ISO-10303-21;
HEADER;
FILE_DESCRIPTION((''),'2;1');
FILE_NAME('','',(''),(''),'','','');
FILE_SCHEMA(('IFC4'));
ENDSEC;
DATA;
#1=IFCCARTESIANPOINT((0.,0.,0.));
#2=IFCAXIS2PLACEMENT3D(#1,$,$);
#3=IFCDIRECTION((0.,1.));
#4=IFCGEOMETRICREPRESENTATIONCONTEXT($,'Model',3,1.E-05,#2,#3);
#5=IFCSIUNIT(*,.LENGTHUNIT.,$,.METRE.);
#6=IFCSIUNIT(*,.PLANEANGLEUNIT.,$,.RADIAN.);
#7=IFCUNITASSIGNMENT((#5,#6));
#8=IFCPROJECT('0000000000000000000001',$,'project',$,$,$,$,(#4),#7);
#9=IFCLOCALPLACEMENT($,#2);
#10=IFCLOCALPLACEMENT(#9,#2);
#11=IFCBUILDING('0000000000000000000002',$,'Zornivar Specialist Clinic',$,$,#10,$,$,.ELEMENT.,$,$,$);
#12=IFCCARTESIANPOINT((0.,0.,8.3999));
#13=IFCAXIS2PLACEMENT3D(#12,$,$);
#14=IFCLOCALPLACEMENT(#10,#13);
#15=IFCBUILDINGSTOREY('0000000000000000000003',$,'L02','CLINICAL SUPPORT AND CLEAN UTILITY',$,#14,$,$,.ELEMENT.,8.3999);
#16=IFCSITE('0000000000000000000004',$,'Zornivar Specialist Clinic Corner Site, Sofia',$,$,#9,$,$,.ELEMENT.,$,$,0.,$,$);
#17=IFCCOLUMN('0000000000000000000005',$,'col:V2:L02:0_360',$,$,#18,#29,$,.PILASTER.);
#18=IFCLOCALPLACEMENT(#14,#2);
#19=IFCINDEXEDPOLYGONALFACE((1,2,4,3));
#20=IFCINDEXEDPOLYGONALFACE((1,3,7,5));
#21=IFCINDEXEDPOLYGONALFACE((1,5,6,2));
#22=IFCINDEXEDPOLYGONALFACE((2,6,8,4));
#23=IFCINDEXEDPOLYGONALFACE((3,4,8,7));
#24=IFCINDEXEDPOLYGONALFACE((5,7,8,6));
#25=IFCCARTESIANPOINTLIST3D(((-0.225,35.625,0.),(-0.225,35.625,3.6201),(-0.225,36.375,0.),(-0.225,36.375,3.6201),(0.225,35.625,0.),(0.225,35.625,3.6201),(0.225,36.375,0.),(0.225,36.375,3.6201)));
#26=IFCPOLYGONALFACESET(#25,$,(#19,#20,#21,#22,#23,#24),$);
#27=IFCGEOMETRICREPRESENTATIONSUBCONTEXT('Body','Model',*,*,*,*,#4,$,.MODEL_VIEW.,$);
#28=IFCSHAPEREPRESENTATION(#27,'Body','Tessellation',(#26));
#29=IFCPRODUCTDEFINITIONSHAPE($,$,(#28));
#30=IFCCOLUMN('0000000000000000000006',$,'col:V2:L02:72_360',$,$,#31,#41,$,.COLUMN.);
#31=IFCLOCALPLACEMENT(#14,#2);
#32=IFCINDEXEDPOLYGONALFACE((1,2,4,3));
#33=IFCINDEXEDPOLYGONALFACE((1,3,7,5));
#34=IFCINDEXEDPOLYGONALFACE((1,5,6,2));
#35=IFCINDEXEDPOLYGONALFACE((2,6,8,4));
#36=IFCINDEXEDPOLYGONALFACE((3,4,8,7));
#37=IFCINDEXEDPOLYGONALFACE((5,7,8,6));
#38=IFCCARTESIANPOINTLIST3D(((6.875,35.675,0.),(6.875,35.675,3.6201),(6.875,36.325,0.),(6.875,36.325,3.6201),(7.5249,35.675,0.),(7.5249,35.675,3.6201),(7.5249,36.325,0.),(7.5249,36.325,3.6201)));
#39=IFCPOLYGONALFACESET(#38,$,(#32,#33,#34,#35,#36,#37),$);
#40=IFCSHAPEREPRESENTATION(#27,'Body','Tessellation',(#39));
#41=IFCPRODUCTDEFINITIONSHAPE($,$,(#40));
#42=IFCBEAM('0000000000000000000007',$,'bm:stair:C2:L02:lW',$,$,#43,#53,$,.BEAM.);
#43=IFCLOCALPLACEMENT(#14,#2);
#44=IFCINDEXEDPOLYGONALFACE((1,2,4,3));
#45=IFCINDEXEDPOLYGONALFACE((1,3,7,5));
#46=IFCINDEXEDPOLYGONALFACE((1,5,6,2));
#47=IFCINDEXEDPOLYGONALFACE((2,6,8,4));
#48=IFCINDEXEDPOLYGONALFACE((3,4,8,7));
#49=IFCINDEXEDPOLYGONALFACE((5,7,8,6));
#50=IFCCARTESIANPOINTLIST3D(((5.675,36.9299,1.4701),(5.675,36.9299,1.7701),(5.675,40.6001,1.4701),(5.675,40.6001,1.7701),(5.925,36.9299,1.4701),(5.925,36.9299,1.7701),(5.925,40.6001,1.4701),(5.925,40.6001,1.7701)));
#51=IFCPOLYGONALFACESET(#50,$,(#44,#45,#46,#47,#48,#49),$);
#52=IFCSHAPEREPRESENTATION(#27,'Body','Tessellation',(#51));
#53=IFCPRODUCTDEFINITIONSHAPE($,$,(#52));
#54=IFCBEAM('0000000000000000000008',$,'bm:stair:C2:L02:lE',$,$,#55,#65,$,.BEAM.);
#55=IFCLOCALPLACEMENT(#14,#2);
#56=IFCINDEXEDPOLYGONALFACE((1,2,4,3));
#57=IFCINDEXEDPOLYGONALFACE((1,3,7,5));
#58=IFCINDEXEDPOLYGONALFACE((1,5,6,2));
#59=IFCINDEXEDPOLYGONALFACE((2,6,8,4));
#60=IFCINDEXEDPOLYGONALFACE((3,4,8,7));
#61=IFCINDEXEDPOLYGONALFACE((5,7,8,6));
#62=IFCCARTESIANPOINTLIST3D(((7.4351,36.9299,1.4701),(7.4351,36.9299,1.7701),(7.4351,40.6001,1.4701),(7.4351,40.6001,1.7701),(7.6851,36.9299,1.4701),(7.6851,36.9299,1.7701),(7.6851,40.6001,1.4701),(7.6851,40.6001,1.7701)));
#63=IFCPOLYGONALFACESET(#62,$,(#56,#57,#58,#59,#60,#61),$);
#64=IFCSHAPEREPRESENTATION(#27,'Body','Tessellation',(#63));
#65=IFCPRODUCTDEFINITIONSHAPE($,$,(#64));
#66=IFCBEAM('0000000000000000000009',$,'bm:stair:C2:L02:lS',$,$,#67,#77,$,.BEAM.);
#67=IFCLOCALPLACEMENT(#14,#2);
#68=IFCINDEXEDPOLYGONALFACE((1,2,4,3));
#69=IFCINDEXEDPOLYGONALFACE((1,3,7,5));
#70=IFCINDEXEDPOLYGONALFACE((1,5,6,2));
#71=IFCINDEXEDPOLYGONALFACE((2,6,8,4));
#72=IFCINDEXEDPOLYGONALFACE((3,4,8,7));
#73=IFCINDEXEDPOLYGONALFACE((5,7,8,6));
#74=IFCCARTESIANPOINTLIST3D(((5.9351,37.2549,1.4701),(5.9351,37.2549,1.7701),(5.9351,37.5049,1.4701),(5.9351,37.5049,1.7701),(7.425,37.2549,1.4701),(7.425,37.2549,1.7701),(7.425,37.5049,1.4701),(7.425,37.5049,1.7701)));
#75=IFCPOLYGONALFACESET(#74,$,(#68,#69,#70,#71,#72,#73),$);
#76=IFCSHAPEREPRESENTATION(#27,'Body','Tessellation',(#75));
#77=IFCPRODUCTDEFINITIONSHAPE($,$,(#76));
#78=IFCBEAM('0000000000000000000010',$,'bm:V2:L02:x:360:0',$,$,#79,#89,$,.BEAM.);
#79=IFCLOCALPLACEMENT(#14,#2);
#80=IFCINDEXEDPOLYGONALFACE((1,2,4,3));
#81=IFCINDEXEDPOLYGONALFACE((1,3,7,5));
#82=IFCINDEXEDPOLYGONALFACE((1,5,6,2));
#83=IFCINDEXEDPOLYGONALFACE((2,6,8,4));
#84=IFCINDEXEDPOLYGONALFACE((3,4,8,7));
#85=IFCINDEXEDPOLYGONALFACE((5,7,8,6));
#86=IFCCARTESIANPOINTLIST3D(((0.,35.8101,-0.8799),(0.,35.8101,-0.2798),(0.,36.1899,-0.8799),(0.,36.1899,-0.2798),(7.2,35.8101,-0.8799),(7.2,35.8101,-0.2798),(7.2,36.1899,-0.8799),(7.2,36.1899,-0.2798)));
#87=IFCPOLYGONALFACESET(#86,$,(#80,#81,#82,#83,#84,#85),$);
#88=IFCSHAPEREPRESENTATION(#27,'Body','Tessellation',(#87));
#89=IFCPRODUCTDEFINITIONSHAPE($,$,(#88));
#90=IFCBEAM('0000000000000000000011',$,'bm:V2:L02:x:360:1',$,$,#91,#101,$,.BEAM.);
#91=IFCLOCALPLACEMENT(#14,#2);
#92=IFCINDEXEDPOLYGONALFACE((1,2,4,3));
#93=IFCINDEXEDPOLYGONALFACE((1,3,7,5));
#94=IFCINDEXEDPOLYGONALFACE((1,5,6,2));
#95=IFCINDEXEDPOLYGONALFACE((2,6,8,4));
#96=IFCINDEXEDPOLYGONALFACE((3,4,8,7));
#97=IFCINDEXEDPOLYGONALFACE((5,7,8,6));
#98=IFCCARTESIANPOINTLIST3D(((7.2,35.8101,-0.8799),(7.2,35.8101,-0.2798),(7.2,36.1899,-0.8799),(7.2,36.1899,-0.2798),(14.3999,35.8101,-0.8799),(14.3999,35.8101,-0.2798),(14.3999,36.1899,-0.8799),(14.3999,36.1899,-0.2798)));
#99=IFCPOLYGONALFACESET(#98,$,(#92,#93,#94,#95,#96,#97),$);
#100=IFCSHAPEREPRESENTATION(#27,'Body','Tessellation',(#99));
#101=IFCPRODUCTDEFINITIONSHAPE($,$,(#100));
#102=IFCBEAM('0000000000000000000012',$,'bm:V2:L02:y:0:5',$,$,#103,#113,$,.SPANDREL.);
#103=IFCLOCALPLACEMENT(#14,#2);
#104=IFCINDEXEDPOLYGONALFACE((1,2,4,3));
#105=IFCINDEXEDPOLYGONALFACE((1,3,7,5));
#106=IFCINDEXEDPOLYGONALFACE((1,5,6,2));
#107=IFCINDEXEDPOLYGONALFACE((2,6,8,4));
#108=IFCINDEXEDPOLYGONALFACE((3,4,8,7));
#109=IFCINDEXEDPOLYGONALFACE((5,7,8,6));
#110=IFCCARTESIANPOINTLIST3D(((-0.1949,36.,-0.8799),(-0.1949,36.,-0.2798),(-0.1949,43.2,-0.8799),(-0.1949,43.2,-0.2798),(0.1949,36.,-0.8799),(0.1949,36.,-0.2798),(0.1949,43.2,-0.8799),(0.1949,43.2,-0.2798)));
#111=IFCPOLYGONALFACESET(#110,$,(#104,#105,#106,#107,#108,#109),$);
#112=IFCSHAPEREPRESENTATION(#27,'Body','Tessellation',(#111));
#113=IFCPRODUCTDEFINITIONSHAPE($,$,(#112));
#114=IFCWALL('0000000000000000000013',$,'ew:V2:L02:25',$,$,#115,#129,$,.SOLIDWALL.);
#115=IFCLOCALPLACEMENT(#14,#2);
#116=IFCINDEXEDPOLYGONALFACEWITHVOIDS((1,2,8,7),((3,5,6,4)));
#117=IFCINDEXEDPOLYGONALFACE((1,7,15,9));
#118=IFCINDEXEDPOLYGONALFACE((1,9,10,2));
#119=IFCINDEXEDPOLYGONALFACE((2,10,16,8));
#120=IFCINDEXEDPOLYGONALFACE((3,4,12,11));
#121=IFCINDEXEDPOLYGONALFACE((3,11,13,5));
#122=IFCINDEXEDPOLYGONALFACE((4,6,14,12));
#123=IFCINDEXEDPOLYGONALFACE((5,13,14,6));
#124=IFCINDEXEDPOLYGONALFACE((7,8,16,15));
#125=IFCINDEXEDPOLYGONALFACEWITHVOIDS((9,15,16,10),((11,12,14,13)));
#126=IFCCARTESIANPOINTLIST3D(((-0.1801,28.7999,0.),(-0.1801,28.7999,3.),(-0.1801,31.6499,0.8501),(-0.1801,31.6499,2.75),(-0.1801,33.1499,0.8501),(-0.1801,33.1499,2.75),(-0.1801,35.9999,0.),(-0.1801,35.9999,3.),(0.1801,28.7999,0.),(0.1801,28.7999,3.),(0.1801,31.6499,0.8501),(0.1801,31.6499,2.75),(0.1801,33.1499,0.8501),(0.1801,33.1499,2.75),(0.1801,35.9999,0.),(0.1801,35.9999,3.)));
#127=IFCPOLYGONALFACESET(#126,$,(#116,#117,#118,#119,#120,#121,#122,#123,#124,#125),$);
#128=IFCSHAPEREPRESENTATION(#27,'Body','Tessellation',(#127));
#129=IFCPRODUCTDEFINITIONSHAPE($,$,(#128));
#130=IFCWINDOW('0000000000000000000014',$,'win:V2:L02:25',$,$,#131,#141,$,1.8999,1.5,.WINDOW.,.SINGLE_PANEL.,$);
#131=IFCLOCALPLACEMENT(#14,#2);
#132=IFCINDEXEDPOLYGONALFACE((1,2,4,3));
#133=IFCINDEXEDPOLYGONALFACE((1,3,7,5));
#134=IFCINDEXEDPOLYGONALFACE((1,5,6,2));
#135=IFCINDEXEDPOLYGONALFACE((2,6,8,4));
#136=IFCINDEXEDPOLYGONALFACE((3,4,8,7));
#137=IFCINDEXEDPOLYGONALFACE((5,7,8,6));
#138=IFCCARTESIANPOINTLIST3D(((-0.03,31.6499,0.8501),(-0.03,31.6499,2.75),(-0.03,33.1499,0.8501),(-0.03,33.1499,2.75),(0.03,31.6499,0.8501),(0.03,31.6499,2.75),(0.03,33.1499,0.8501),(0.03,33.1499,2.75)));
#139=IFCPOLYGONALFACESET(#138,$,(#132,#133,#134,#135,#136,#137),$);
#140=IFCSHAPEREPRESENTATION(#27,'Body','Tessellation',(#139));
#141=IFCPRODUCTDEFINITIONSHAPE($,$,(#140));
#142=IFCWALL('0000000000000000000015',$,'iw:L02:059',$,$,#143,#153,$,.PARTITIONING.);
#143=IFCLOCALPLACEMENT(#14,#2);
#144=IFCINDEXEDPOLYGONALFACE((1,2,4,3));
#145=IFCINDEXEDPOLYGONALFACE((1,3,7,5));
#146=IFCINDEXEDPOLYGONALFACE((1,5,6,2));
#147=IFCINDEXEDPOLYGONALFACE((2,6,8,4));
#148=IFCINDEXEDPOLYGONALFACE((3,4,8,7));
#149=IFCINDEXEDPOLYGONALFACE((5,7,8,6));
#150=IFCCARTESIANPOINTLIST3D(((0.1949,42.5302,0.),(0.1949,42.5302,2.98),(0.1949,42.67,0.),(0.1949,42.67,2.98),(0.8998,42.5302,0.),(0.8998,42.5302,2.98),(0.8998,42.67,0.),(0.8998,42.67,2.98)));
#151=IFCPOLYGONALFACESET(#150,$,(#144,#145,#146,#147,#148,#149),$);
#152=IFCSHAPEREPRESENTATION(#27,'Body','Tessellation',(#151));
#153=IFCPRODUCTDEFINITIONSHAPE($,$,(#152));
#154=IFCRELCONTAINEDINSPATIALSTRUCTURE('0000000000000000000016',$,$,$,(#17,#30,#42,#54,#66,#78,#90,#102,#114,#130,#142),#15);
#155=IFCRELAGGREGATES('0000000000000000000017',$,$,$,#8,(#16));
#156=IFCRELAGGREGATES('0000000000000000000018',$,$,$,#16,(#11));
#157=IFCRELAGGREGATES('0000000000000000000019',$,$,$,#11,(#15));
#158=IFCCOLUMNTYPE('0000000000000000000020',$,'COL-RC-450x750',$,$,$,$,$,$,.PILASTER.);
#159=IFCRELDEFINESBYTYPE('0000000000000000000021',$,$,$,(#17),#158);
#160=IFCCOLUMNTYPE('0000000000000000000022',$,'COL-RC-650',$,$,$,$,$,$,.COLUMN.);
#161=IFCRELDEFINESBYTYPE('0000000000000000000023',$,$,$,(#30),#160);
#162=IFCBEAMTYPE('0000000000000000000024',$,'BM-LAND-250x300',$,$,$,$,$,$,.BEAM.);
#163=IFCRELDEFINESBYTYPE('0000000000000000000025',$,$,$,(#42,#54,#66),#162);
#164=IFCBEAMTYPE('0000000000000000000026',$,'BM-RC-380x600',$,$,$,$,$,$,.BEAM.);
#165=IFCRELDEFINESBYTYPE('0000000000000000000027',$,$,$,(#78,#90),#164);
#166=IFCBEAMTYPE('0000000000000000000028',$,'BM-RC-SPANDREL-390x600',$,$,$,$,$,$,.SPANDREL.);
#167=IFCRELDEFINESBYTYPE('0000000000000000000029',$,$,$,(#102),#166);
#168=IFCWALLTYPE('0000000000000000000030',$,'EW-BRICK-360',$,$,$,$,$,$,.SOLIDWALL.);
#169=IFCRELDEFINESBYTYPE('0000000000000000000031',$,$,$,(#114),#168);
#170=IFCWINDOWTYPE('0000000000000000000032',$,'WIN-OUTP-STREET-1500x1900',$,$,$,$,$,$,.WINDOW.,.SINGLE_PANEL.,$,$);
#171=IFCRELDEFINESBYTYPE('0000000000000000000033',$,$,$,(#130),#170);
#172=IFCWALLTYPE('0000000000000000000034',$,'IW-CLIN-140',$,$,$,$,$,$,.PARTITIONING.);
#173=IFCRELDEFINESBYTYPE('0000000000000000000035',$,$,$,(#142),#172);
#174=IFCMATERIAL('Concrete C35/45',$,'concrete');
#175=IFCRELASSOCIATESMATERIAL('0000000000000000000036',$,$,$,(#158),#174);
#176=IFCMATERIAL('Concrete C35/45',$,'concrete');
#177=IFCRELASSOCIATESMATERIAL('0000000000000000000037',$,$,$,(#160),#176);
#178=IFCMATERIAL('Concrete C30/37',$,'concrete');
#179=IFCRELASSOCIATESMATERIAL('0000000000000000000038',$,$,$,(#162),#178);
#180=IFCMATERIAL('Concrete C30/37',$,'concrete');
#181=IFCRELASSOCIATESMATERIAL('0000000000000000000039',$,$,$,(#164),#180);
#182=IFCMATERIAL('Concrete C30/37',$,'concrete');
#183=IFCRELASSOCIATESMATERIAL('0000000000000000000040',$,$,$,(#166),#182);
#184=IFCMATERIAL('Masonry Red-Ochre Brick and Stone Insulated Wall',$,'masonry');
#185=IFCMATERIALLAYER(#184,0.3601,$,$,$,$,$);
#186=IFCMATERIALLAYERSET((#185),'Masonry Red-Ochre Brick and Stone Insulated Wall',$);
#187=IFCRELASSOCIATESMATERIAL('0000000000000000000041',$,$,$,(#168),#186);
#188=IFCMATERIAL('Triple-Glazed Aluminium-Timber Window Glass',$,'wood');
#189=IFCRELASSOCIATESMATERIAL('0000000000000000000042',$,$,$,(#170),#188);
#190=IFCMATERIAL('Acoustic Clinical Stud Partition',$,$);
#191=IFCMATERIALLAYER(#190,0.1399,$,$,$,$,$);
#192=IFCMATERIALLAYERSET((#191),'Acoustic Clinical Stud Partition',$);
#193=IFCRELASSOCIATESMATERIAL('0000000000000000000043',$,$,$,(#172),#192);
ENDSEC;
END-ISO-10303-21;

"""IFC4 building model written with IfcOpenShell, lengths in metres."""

from ifc_helpers import new_model, si_unit, direction, frame, frame_2d, origin, origin_2d, place, context, subcontext, project, spatial, rectangle, extrude, material, layer, layer_set, material_profile, profile_set, type_object, element, fill, save


model = new_model("IFC4")

# Units and contexts
model_context = context("Model", 3, precision=1e-05, world=origin(), true_north=direction((0.0, 1.0)))
body_context = subcontext(model_context, "Body", "Model", "MODEL_VIEW")
ifc_project = project(units=[si_unit("LENGTHUNIT", "METRE"), si_unit("PLANEANGLEUNIT", "RADIAN")], contexts=[model_context])

# Site, building, storey
site_placement = place(None, origin())
site = spatial("IfcSite", under=ifc_project, at=site_placement, Name="Zornivar Specialist Clinic Corner Site, Sofia", CompositionType="ELEMENT", RefElevation=0.0)
building_placement = place(site_placement, origin())
building = spatial("IfcBuilding", under=site, at=building_placement, Name="Zornivar Specialist Clinic", CompositionType="ELEMENT")
storey_placement = place(building_placement, frame((0.0, 0.0, 8.3999)))
storey = spatial("IfcBuildingStorey", under=building, at=storey_placement, Name="L02", Description="CLINICAL SUPPORT AND CLEAN UTILITY", CompositionType="ELEMENT", Elevation=8.3999)

# Columns
ifc_material_1 = material(Name="Concrete C35/45", Category="concrete")
ifc_material_profile_1 = material_profile(ifc_material_1, rectangle(XDim=0.45, YDim=0.75, at=origin_2d()), Name="RC 450x750")
ifc_profile_set_1 = profile_set([ifc_material_profile_1], Name="Concrete C35/45")
column_type_1 = type_object("IfcColumnType", Name="COL-RC-450x750", PredefinedType="PILASTER", material=ifc_profile_set_1)
column_1_placement = place(storey_placement, frame((0.0, 36.0, 0.0), z_axis=(0.0, 0.0, 1.0), x_axis=(1.0, 0.0, 0.0)))
element("IfcColumn", 1, at=column_1_placement, inside=storey, type_object=column_type_1, Name="col:V2:L02:0_360", PredefinedType="PILASTER", context=body_context, shape_type="SweptSolid", body=[
    extrude(rectangle(XDim=0.45, YDim=0.75, at=origin_2d()), origin(), (0.0, 0.0, 1.0), 3.6201),
])
ifc_material_2 = material(Name="Concrete C35/45", Category="concrete")
ifc_material_profile_2 = material_profile(ifc_material_2, rectangle(XDim=0.6499, YDim=0.6499, at=origin_2d()), Name="RC 650x650")
ifc_profile_set_2 = profile_set([ifc_material_profile_2], Name="Concrete C35/45")
column_type_2 = type_object("IfcColumnType", Name="COL-RC-650", PredefinedType="COLUMN", material=ifc_profile_set_2)
column_2_placement = place(storey_placement, frame((7.2, 36.0, 0.0), z_axis=(0.0, 0.0, 1.0), x_axis=(1.0, 0.0, 0.0)))
element("IfcColumn", 2, at=column_2_placement, inside=storey, type_object=column_type_2, Name="col:V2:L02:72_360", PredefinedType="COLUMN", context=body_context, shape_type="SweptSolid", body=[
    extrude(rectangle(XDim=0.6499, YDim=0.6499, at=origin_2d()), origin(), (0.0, 0.0, 1.0), 3.6201),
])

# Beams
ifc_material_3 = material(Name="Concrete C30/37", Category="concrete")
ifc_material_profile_3 = material_profile(ifc_material_3, rectangle(XDim=0.25, YDim=0.3, at=origin_2d()), Name="RC 250x300")
ifc_profile_set_3 = profile_set([ifc_material_profile_3], Name="Concrete C30/37")
beam_type_1 = type_object("IfcBeamType", Name="BM-LAND-250x300", PredefinedType="BEAM", material=ifc_profile_set_3)
for number, where, z_axis, x_axis, name in (
    (3, (5.8, 36.9299, 1.6201), (0.0, 1.0, 0.0), (-1.0, 0.0, 0.0), "bm:stair:C2:L02:lW"),
    (4, (7.5601, 36.9299, 1.6201), (0.0, 1.0, 0.0), (-1.0, 0.0, 0.0), "bm:stair:C2:L02:lE"),
):
    element("IfcBeam", number, at=place(storey_placement, frame(where, z_axis=z_axis, x_axis=x_axis)), inside=storey, type_object=beam_type_1, Name=name, PredefinedType="BEAM", context=body_context, shape_type="SweptSolid", body=[
        extrude(rectangle(XDim=0.25, YDim=0.3, at=origin_2d()), origin(), (0.0, 0.0, 1.0), 3.6702),
    ])
beam_1_placement = place(storey_placement, frame((5.9351, 37.3799, 1.6201), z_axis=(1.0, 0.0, 0.0), x_axis=(0.0, 1.0, 0.0)))
element("IfcBeam", 5, at=beam_1_placement, inside=storey, type_object=beam_type_1, Name="bm:stair:C2:L02:lS", PredefinedType="BEAM", context=body_context, shape_type="SweptSolid", body=[
    extrude(rectangle(XDim=0.25, YDim=0.3, at=origin_2d()), origin(), (0.0, 0.0, 1.0), 1.49),
])
ifc_material_4 = material(Name="Concrete C30/37", Category="concrete")
ifc_material_profile_4 = material_profile(ifc_material_4, rectangle(XDim=0.3799, YDim=0.6001, at=origin_2d()), Name="RC 380x600")
ifc_profile_set_4 = profile_set([ifc_material_profile_4], Name="Concrete C30/37")
beam_type_2 = type_object("IfcBeamType", Name="BM-RC-380x600", PredefinedType="BEAM", material=ifc_profile_set_4)
for number, where, z_axis, x_axis, name in (
    (6, (0.0, 36.0, -0.5798), (1.0, 0.0, 0.0), (0.0, 1.0, 0.0), "bm:V2:L02:x:360:0"),
    (7, (7.2, 36.0, -0.5798), (1.0, 0.0, 0.0), (0.0, 1.0, 0.0), "bm:V2:L02:x:360:1"),
):
    element("IfcBeam", number, at=place(storey_placement, frame(where, z_axis=z_axis, x_axis=x_axis)), inside=storey, type_object=beam_type_2, Name=name, PredefinedType="BEAM", context=body_context, shape_type="SweptSolid", body=[
        extrude(rectangle(XDim=0.3799, YDim=0.6001, at=origin_2d()), origin(), (0.0, 0.0, 1.0), 7.2),
    ])
ifc_material_5 = material(Name="Concrete C30/37", Category="concrete")
ifc_material_profile_5 = material_profile(ifc_material_5, rectangle(XDim=0.3899, YDim=0.6001, at=origin_2d()), Name="RC 390x600")
ifc_profile_set_5 = profile_set([ifc_material_profile_5], Name="Concrete C30/37")
beam_type_3 = type_object("IfcBeamType", Name="BM-RC-SPANDREL-390x600", PredefinedType="SPANDREL", material=ifc_profile_set_5)
beam_2_placement = place(storey_placement, frame((0.0, 36.0, -0.5798), z_axis=(0.0, 1.0, 0.0), x_axis=(-1.0, 0.0, 0.0)))
element("IfcBeam", 8, at=beam_2_placement, inside=storey, type_object=beam_type_3, Name="bm:V2:L02:y:0:5", PredefinedType="SPANDREL", context=body_context, shape_type="SweptSolid", body=[
    extrude(rectangle(XDim=0.3899, YDim=0.6001, at=origin_2d()), origin(), (0.0, 0.0, 1.0), 7.2),
])

# Wall, opening, window
ifc_material_6 = material(Name="Masonry Red-Ochre Brick and Stone Insulated Wall", Category="masonry")
ifc_layer_1 = layer(ifc_material_6, 0.3601)
ifc_layer_set_1 = layer_set([ifc_layer_1], Name="Masonry Red-Ochre Brick and Stone Insulated Wall")
wall_type_1 = type_object("IfcWallType", Name="EW-BRICK-360", PredefinedType="SOLIDWALL", material=ifc_layer_set_1)
wall_1_placement = place(storey_placement, frame((0.0, 36.0, 0.0), z_axis=(0.0, 0.0, 1.0), x_axis=(0.0, -1.0, 0.0)))
wall_1 = element("IfcWall", 9, at=wall_1_placement, inside=storey, type_object=wall_type_1, Name="ew:V2:L02:25", PredefinedType="SOLIDWALL", context=body_context, shape_type="SweptSolid", body=[
    extrude(rectangle(XDim=7.2, YDim=0.3601, at=frame_2d((3.6001, 0.0))), origin(), (0.0, 0.0, 1.0), 3.0),
])
opening_1_placement = place(wall_1_placement, frame((2.8501, 0.0, 0.8501)))
opening_1 = element("IfcOpeningElement", 10, at=opening_1_placement, cuts=wall_1, PredefinedType="OPENING", context=body_context, shape_type="SweptSolid", body=[
    extrude(rectangle(XDim=1.5, YDim=1.8999, at=frame_2d((0.75, 0.95))), frame((0.0, 0.1899, 0.0), z_axis=(0.0, -1.0, 0.0), x_axis=(1.0, 0.0, 0.0)), (0.0, 0.0, 1.0), 0.3801),
])
ifc_material_7 = material(Name="Triple-Glazed Aluminium-Timber Window Glass", Category="wood")
window_type = type_object("IfcWindowType", Name="WIN-OUTP-STREET-1500x1900", PartitioningType="SINGLE_PANEL", PredefinedType="WINDOW", material=ifc_material_7)
window_placement = place(opening_1_placement, origin())
window = element("IfcWindow", 11, at=window_placement, inside=storey, type_object=window_type, Name="win:V2:L02:25", OverallHeight=1.8999, OverallWidth=1.5, PartitioningType="SINGLE_PANEL", PredefinedType="WINDOW", context=body_context, shape_type="SweptSolid", body=[
    extrude(rectangle(XDim=1.5, YDim=1.8999, at=frame_2d((0.75, 0.95))), frame((0.0, 0.03, 0.0), z_axis=(0.0, -1.0, 0.0), x_axis=(1.0, 0.0, 0.0)), (0.0, 0.0, 1.0), 0.0601),
])
fill(opening_1, window)

# Wall
ifc_material_8 = material(Name="Acoustic Clinical Stud Partition")
ifc_layer_2 = layer(ifc_material_8, 0.1399)
ifc_layer_set_2 = layer_set([ifc_layer_2], Name="Acoustic Clinical Stud Partition")
wall_type_2 = type_object("IfcWallType", Name="IW-CLIN-140", PredefinedType="PARTITIONING", material=ifc_layer_set_2)
wall_2_placement = place(storey_placement, frame((0.8999, 42.6001, 0.0), z_axis=(0.0, 0.0, 1.0), x_axis=(-1.0, 0.0, 0.0)))
element("IfcWall", 12, at=wall_2_placement, inside=storey, type_object=wall_type_2, Name="iw:L02:059", PredefinedType="PARTITIONING", context=body_context, shape_type="SweptSolid", body=[
    extrude(rectangle(XDim=0.7048, YDim=0.1399, at=frame_2d((0.3525, 0.0))), origin(), (0.0, 0.0, 1.0), 2.98),
])

save(model, "model.ifc")
